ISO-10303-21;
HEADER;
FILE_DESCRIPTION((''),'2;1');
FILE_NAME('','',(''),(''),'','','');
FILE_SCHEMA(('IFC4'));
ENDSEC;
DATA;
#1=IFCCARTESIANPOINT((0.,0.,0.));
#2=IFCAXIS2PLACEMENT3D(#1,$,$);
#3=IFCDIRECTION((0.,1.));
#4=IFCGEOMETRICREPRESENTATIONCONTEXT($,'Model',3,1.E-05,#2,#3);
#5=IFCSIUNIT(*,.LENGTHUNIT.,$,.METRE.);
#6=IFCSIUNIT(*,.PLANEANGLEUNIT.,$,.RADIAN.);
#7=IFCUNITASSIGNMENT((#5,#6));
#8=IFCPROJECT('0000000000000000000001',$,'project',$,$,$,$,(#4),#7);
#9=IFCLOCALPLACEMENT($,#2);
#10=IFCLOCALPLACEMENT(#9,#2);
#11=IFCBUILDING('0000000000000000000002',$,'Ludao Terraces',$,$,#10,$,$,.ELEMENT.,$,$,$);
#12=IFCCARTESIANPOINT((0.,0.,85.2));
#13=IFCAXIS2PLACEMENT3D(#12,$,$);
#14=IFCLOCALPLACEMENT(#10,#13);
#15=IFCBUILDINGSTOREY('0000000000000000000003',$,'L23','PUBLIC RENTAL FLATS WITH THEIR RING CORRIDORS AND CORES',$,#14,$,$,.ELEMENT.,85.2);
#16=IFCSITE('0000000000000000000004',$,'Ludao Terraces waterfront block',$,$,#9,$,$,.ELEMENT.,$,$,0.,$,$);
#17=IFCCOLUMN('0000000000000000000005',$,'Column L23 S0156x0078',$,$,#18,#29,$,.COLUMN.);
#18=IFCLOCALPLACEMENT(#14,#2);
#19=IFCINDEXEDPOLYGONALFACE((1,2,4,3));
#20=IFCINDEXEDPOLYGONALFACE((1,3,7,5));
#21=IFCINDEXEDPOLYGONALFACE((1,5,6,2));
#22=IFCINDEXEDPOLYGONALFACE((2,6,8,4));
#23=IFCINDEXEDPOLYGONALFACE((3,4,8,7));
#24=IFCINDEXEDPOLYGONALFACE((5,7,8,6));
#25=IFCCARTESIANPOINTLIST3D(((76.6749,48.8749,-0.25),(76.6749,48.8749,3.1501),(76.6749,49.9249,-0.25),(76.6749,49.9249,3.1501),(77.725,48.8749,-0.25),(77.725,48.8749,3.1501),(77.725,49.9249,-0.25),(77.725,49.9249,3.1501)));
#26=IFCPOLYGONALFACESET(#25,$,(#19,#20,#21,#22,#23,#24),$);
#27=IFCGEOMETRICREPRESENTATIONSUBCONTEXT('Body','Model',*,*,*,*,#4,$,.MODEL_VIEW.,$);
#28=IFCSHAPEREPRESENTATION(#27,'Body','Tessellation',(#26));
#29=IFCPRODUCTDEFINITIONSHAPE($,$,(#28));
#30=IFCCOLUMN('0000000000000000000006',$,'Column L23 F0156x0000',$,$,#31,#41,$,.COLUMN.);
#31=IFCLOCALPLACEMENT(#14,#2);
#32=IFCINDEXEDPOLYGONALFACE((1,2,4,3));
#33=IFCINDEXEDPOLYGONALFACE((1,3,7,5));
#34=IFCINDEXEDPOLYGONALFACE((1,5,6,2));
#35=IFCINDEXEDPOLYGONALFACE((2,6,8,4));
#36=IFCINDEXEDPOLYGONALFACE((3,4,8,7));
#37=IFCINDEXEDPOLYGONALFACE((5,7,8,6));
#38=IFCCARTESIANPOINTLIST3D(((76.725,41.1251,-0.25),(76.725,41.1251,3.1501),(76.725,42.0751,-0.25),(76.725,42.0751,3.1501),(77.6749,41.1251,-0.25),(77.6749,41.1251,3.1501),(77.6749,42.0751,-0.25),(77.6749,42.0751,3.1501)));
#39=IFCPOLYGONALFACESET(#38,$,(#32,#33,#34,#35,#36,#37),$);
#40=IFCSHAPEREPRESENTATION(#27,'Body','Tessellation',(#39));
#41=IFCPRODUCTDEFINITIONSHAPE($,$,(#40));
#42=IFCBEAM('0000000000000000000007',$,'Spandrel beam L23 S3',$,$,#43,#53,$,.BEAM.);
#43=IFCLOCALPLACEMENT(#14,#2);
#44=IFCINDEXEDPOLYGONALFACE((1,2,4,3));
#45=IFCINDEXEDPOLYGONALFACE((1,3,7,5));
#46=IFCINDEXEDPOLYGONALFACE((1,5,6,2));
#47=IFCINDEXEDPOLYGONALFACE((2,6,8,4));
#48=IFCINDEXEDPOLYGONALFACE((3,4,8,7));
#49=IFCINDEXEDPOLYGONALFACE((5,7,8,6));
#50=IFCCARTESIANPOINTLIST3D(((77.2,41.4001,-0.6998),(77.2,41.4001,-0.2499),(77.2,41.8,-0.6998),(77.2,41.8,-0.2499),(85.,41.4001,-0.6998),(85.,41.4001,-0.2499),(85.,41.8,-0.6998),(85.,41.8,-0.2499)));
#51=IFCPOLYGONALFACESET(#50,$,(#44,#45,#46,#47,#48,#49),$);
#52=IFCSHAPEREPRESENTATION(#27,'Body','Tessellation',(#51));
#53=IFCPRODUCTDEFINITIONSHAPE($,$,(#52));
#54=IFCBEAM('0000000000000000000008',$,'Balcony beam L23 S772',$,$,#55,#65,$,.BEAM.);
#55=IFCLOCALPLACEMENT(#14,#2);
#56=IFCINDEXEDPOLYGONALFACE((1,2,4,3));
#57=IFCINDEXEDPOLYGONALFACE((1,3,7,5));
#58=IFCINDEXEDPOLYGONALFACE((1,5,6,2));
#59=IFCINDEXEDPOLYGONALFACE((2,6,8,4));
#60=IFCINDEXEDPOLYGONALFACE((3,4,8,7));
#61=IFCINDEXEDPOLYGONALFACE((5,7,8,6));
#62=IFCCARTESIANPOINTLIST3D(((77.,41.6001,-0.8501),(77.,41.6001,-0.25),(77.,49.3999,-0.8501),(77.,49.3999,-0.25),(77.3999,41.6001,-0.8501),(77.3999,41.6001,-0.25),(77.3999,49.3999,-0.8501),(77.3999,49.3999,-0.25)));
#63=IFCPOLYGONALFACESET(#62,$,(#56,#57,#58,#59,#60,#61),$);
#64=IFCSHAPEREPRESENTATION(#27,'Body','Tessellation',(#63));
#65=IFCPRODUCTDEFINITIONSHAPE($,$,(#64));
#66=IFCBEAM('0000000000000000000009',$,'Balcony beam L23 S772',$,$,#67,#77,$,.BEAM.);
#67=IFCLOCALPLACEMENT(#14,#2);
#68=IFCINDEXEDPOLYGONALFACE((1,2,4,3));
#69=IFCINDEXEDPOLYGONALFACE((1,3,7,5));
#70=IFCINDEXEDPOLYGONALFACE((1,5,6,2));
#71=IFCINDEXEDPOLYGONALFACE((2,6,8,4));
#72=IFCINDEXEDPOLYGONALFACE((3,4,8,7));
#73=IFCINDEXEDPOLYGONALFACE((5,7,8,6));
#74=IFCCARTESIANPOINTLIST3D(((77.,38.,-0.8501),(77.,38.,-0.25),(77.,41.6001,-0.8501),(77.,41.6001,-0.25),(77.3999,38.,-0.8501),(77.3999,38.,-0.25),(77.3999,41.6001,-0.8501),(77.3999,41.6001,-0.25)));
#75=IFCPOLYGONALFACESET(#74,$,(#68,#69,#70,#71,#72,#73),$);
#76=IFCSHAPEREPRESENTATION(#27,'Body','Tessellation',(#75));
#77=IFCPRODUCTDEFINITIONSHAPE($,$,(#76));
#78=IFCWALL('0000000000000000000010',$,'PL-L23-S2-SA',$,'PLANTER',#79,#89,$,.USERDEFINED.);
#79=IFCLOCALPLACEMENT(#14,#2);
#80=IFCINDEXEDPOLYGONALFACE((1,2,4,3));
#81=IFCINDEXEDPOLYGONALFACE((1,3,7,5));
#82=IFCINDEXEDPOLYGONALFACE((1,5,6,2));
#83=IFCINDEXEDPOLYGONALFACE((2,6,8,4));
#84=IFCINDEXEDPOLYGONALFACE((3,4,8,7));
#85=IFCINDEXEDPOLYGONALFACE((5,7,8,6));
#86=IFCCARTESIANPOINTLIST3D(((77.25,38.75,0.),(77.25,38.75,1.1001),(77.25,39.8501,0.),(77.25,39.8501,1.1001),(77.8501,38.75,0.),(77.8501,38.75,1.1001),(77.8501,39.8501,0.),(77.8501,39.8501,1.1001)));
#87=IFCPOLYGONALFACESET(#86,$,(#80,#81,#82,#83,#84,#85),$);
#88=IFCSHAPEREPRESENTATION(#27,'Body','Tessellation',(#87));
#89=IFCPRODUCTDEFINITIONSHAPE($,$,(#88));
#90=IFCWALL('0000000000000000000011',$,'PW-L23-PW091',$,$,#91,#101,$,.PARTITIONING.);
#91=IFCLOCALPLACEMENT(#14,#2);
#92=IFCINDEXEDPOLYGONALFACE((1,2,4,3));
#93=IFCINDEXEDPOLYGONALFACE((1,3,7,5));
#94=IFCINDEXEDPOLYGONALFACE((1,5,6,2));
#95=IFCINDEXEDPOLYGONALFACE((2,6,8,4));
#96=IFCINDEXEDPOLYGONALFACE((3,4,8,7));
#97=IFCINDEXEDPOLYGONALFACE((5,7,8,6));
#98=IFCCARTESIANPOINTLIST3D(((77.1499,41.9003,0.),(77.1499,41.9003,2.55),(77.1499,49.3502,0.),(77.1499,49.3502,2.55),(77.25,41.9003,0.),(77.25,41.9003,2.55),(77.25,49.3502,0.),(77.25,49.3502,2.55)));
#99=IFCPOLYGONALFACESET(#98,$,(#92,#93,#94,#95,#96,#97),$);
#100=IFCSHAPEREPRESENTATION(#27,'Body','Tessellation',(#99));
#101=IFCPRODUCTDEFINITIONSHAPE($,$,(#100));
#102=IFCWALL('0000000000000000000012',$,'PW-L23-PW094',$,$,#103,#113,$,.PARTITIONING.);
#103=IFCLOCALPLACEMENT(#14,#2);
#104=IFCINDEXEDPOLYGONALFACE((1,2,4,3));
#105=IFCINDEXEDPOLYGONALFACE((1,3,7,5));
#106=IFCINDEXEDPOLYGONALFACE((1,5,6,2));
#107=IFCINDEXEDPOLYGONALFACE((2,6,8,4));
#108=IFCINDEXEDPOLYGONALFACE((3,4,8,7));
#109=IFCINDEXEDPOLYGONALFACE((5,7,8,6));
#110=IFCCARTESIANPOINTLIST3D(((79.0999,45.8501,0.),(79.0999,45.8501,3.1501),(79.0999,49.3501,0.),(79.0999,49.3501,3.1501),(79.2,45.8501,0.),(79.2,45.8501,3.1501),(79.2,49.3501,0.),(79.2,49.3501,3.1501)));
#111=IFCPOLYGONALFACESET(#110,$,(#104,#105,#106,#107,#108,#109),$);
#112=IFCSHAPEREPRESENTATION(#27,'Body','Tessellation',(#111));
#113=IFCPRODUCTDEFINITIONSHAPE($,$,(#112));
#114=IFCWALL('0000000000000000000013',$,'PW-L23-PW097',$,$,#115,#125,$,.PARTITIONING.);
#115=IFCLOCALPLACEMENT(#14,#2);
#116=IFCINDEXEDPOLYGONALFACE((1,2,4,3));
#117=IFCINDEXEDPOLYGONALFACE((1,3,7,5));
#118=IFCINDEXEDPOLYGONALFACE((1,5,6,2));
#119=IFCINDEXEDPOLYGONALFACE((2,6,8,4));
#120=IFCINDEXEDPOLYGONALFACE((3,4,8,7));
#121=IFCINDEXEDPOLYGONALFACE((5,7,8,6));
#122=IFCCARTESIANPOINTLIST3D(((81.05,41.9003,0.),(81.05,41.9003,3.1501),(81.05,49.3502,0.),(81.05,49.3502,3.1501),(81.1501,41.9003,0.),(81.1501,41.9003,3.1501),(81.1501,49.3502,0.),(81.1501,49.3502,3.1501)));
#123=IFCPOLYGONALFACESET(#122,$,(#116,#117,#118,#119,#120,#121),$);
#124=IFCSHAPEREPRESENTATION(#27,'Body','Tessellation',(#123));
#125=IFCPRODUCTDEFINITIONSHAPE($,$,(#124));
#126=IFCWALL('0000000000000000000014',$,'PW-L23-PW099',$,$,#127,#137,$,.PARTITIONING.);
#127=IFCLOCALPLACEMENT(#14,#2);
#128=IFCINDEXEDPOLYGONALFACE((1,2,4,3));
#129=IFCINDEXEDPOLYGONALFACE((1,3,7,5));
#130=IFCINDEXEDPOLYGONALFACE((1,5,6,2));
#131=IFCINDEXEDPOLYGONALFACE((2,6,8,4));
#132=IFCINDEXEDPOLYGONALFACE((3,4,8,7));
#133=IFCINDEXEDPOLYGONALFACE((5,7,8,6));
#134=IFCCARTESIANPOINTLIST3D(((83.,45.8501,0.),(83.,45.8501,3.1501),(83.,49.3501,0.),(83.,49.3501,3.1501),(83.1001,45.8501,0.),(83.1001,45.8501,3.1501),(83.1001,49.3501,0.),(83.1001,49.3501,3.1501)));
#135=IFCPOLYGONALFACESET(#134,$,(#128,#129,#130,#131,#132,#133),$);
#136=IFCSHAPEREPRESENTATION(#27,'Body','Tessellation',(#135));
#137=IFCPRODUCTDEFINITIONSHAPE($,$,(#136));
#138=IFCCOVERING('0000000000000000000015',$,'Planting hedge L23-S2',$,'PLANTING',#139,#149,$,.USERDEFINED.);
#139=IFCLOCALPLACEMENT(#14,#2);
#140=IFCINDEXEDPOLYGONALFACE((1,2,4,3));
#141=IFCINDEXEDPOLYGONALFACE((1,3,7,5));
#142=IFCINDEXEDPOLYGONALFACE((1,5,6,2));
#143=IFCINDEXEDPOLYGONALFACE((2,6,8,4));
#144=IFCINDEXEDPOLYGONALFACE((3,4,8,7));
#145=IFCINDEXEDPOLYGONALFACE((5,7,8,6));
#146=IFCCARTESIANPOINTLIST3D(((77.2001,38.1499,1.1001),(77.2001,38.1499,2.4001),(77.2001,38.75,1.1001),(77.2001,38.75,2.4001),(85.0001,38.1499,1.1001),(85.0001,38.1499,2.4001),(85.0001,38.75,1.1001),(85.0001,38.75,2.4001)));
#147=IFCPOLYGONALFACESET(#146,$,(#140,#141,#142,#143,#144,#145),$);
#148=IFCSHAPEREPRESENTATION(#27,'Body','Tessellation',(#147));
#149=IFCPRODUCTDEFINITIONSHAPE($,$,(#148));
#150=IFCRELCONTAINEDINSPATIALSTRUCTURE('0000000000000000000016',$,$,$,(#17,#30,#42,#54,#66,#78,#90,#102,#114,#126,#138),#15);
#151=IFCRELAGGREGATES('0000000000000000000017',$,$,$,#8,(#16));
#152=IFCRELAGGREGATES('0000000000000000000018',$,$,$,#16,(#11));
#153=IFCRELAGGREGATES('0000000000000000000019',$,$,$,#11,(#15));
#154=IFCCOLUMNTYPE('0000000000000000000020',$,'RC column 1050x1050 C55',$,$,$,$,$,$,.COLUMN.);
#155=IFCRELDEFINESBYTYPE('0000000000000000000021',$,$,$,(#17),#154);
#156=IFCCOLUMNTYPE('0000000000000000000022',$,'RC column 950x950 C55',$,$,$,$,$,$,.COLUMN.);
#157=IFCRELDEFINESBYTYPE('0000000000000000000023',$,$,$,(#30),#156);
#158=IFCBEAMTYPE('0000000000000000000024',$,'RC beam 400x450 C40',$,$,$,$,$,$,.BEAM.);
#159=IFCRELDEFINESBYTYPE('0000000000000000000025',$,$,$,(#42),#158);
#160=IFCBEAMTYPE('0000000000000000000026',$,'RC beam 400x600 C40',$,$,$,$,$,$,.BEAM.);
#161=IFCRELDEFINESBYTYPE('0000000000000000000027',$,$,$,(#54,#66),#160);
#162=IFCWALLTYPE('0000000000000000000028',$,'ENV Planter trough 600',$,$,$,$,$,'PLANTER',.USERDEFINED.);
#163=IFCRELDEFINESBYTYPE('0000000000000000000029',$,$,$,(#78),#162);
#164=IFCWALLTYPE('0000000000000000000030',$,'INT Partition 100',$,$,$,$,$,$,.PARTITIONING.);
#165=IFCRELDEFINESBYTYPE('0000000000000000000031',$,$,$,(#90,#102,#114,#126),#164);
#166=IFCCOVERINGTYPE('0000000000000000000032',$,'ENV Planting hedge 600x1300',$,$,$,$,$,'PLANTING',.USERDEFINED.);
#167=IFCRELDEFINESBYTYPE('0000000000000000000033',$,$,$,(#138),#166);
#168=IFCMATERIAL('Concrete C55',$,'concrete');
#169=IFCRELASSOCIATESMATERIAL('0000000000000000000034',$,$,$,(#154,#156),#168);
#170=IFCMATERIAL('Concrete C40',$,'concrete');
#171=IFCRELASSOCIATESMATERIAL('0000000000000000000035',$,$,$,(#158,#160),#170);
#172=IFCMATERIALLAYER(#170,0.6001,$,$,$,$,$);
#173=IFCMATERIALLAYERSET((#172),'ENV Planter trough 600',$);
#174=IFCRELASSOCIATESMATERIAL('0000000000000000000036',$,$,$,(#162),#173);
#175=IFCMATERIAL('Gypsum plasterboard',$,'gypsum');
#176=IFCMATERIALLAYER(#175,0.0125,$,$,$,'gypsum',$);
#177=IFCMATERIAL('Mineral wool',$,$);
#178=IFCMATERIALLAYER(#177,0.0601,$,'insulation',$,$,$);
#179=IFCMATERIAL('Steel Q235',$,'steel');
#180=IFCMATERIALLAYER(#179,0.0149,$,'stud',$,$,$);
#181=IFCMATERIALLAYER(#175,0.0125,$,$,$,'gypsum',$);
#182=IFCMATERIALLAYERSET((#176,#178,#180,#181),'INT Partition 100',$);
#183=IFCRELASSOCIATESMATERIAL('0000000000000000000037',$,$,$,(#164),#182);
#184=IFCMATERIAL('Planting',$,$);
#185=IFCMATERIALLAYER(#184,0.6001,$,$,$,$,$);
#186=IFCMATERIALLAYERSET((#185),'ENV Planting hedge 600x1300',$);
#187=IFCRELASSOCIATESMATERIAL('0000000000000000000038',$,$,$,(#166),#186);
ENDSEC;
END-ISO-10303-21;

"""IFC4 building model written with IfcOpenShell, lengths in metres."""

from ifc_helpers import new_model, si_unit, direction, frame, frame_2d, origin, origin_2d, place, context, subcontext, project, spatial, rectangle, extrude, material, layer, layer_set, material_profile, profile_set, type_object, element, save


model = new_model("IFC4")

# Units and contexts
model_context = context("Model", 3, precision=1e-05, world=origin(), true_north=direction((0.0, 1.0)))
body_context = subcontext(model_context, "Body", "Model", "MODEL_VIEW")
ifc_project = project(units=[si_unit("LENGTHUNIT", "METRE"), si_unit("PLANEANGLEUNIT", "RADIAN")], contexts=[model_context])

# Site, building, storey
site_placement = place(None, origin())
site = spatial("IfcSite", under=ifc_project, at=site_placement, Name="Ludao Terraces waterfront block", CompositionType="ELEMENT", RefElevation=0.0)
building_placement = place(site_placement, origin())
building = spatial("IfcBuilding", under=site, at=building_placement, Name="Ludao Terraces", CompositionType="ELEMENT")
storey_placement = place(building_placement, frame((0.0, 0.0, 85.2)))
storey = spatial("IfcBuildingStorey", under=building, at=storey_placement, Name="L23", Description="PUBLIC RENTAL FLATS WITH THEIR RING CORRIDORS AND CORES", CompositionType="ELEMENT", Elevation=85.2)

# Columns
ifc_material_1 = material(Name="Concrete C55", Category="concrete")
ifc_material_profile_1 = material_profile(ifc_material_1, rectangle(XDim=1.05, YDim=1.05, at=origin_2d()), Name="1050 X 1050")
ifc_profile_set_1 = profile_set([ifc_material_profile_1], Name="Concrete C55")
column_type_1 = type_object("IfcColumnType", Name="RC column 1050x1050 C55", PredefinedType="COLUMN", material=ifc_profile_set_1)
column_1_placement = place(storey_placement, frame((77.2, 49.3999, -0.25), z_axis=(0.0, 0.0, 1.0), x_axis=(1.0, 0.0, 0.0)))
element("IfcColumn", 1, at=column_1_placement, inside=storey, type_object=column_type_1, Name="Column L23 S0156x0078", PredefinedType="COLUMN", context=body_context, shape_type="SweptSolid", body=[
    extrude(rectangle(XDim=1.05, YDim=1.05, at=origin_2d()), origin(), (0.0, 0.0, 1.0), 3.4001),
])
ifc_material_profile_2 = material_profile(ifc_material_1, rectangle(XDim=0.95, YDim=0.95, at=origin_2d()), Name="950 X 950")
ifc_profile_set_2 = profile_set([ifc_material_profile_2], Name="Concrete C55")
column_type_2 = type_object("IfcColumnType", Name="RC column 950x950 C55", PredefinedType="COLUMN", material=ifc_profile_set_2)
column_2_placement = place(storey_placement, frame((77.2, 41.6001, -0.25), z_axis=(0.0, 0.0, 1.0), x_axis=(1.0, 0.0, 0.0)))
element("IfcColumn", 2, at=column_2_placement, inside=storey, type_object=column_type_2, Name="Column L23 F0156x0000", PredefinedType="COLUMN", context=body_context, shape_type="SweptSolid", body=[
    extrude(rectangle(XDim=0.95, YDim=0.95, at=origin_2d()), origin(), (0.0, 0.0, 1.0), 3.4001),
])

# Beams
ifc_material_2 = material(Name="Concrete C40", Category="concrete")
ifc_material_profile_3 = material_profile(ifc_material_2, rectangle(XDim=0.3999, YDim=0.45, at=origin_2d()), Name="400 X 450")
ifc_profile_set_3 = profile_set([ifc_material_profile_3], Name="Concrete C40")
beam_type_1 = type_object("IfcBeamType", Name="RC beam 400x450 C40", PredefinedType="BEAM", material=ifc_profile_set_3)
beam_1_placement = place(storey_placement, frame((77.2, 41.6001, -0.4749), z_axis=(1.0, 0.0, 0.0), x_axis=(0.0, 1.0, 0.0)))
element("IfcBeam", 3, at=beam_1_placement, inside=storey, type_object=beam_type_1, Name="Spandrel beam L23 S3", PredefinedType="BEAM", context=body_context, shape_type="SweptSolid", body=[
    extrude(rectangle(XDim=0.3999, YDim=0.45, at=origin_2d()), origin(), (0.0, 0.0, 1.0), 7.8),
])
ifc_material_profile_4 = material_profile(ifc_material_2, rectangle(XDim=0.3999, YDim=0.6001, at=origin_2d()), Name="400 X 600")
ifc_profile_set_4 = profile_set([ifc_material_profile_4], Name="Concrete C40")
beam_type_2 = type_object("IfcBeamType", Name="RC beam 400x600 C40", PredefinedType="BEAM", material=ifc_profile_set_4)
beam_2_placement = place(storey_placement, frame((77.2, 49.3999, -0.55), z_axis=(0.0, -1.0, 0.0), x_axis=(1.0, 0.0, 0.0)))
element("IfcBeam", 4, at=beam_2_placement, inside=storey, type_object=beam_type_2, Name="Balcony beam L23 S772", PredefinedType="BEAM", context=body_context, shape_type="SweptSolid", body=[
    extrude(rectangle(XDim=0.3999, YDim=0.6001, at=origin_2d()), origin(), (0.0, 0.0, 1.0), 7.7998),
])
beam_3_placement = place(storey_placement, frame((77.2, 41.6001, -0.55), z_axis=(0.0, -1.0, 0.0), x_axis=(1.0, 0.0, 0.0)))
element("IfcBeam", 5, at=beam_3_placement, inside=storey, type_object=beam_type_2, Name="Balcony beam L23 S772", PredefinedType="BEAM", context=body_context, shape_type="SweptSolid", body=[
    extrude(rectangle(XDim=0.3999, YDim=0.6001, at=origin_2d()), origin(), (0.0, 0.0, 1.0), 3.6001),
])

# Wall
ifc_layer_1 = layer(ifc_material_2, 0.6001)
ifc_layer_set_1 = layer_set([ifc_layer_1], Name="ENV Planter trough 600")
wall_type_1 = type_object("IfcWallType", Name="ENV Planter trough 600", ElementType="PLANTER", PredefinedType="USERDEFINED", material=ifc_layer_set_1)
wall_1_placement = place(storey_placement, frame((77.55, 38.75, 0.0), z_axis=(0.0, 0.0, 1.0), x_axis=(0.0, 1.0, 0.0)))
element("IfcWall", 6, at=wall_1_placement, inside=storey, type_object=wall_type_1, Name="PL-L23-S2-SA", ObjectType="PLANTER", PredefinedType="USERDEFINED", context=body_context, shape_type="SweptSolid", body=[
    extrude(rectangle(XDim=1.1001, YDim=0.6001, at=frame_2d((0.55, 0.0))), origin(), (0.0, 0.0, 1.0), 1.1001),
])

# Shared definitions
ifc_material_3 = material(Name="Mineral wool")

# Walls
ifc_material_4 = material(Name="Gypsum plasterboard", Category="gypsum")
ifc_layer_2 = layer(ifc_material_4, 0.0125, Category="gypsum")
ifc_layer_3 = layer(ifc_material_3, 0.0601, Name="insulation")
ifc_material_5 = material(Name="Steel Q235", Category="steel")
ifc_layer_4 = layer(ifc_material_5, 0.0149, Name="stud")
ifc_layer_5 = layer(ifc_material_4, 0.0125, Category="gypsum")
ifc_layer_set_2 = layer_set([ifc_layer_2, ifc_layer_3, ifc_layer_4, ifc_layer_5], Name="INT Partition 100")
wall_type_2 = type_object("IfcWallType", Name="INT Partition 100", PredefinedType="PARTITIONING", material=ifc_layer_set_2)
wall_2_placement = place(storey_placement, frame((77.2, 41.9001, 0.0), z_axis=(0.0, 0.0, 1.0), x_axis=(0.0, 1.0, 0.0)))
element("IfcWall", 7, at=wall_2_placement, inside=storey, type_object=wall_type_2, Name="PW-L23-PW091", PredefinedType="PARTITIONING", context=body_context, shape_type="SweptSolid", body=[
    extrude(rectangle(XDim=7.45, YDim=0.1001, at=frame_2d((3.7251, 0.0))), origin(), (0.0, 0.0, 1.0), 2.55),
])
wall_3_placement = place(storey_placement, frame((79.1499, 45.8501, 0.0), z_axis=(0.0, 0.0, 1.0), x_axis=(0.0, 1.0, 0.0)))
element("IfcWall", 8, at=wall_3_placement, inside=storey, type_object=wall_type_2, Name="PW-L23-PW094", PredefinedType="PARTITIONING", context=body_context, shape_type="SweptSolid", body=[
    extrude(rectangle(XDim=3.5, YDim=0.1001, at=frame_2d((1.75, 0.0))), origin(), (0.0, 0.0, 1.0), 3.1501),
])
wall_4_placement = place(storey_placement, frame((81.1001, 41.9001, 0.0), z_axis=(0.0, 0.0, 1.0), x_axis=(0.0, 1.0, 0.0)))
element("IfcWall", 9, at=wall_4_placement, inside=storey, type_object=wall_type_2, Name="PW-L23-PW097", PredefinedType="PARTITIONING", context=body_context, shape_type="SweptSolid", body=[
    extrude(rectangle(XDim=7.45, YDim=0.1001, at=frame_2d((3.7251, 0.0))), origin(), (0.0, 0.0, 1.0), 3.1501),
])
wall_5_placement = place(storey_placement, frame((83.05, 45.8501, 0.0), z_axis=(0.0, 0.0, 1.0), x_axis=(0.0, 1.0, 0.0)))
element("IfcWall", 10, at=wall_5_placement, inside=storey, type_object=wall_type_2, Name="PW-L23-PW099", PredefinedType="PARTITIONING", context=body_context, shape_type="SweptSolid", body=[
    extrude(rectangle(XDim=3.5, YDim=0.1001, at=frame_2d((1.75, 0.0))), origin(), (0.0, 0.0, 1.0), 3.1501),
])

# Covering
ifc_material_6 = material(Name="Planting")
ifc_layer_6 = layer(ifc_material_6, 0.6001)
ifc_layer_set_3 = layer_set([ifc_layer_6], Name="ENV Planting hedge 600x1300")
covering_type = type_object("IfcCoveringType", Name="ENV Planting hedge 600x1300", ElementType="PLANTING", PredefinedType="USERDEFINED", material=ifc_layer_set_3)
covering_placement = place(storey_placement, frame((81.1001, 38.45, 1.1001), z_axis=(0.0, 0.0, 1.0), x_axis=(1.0, 0.0, 0.0)))
element("IfcCovering", 11, at=covering_placement, inside=storey, type_object=covering_type, Name="Planting hedge L23-S2", ObjectType="PLANTING", PredefinedType="USERDEFINED", context=body_context, shape_type="SweptSolid", body=[
    extrude(rectangle(XDim=7.8, YDim=0.6001, at=origin_2d()), origin(), (0.0, 0.0, 1.0), 1.3),
])

save(model, "model.ifc")
